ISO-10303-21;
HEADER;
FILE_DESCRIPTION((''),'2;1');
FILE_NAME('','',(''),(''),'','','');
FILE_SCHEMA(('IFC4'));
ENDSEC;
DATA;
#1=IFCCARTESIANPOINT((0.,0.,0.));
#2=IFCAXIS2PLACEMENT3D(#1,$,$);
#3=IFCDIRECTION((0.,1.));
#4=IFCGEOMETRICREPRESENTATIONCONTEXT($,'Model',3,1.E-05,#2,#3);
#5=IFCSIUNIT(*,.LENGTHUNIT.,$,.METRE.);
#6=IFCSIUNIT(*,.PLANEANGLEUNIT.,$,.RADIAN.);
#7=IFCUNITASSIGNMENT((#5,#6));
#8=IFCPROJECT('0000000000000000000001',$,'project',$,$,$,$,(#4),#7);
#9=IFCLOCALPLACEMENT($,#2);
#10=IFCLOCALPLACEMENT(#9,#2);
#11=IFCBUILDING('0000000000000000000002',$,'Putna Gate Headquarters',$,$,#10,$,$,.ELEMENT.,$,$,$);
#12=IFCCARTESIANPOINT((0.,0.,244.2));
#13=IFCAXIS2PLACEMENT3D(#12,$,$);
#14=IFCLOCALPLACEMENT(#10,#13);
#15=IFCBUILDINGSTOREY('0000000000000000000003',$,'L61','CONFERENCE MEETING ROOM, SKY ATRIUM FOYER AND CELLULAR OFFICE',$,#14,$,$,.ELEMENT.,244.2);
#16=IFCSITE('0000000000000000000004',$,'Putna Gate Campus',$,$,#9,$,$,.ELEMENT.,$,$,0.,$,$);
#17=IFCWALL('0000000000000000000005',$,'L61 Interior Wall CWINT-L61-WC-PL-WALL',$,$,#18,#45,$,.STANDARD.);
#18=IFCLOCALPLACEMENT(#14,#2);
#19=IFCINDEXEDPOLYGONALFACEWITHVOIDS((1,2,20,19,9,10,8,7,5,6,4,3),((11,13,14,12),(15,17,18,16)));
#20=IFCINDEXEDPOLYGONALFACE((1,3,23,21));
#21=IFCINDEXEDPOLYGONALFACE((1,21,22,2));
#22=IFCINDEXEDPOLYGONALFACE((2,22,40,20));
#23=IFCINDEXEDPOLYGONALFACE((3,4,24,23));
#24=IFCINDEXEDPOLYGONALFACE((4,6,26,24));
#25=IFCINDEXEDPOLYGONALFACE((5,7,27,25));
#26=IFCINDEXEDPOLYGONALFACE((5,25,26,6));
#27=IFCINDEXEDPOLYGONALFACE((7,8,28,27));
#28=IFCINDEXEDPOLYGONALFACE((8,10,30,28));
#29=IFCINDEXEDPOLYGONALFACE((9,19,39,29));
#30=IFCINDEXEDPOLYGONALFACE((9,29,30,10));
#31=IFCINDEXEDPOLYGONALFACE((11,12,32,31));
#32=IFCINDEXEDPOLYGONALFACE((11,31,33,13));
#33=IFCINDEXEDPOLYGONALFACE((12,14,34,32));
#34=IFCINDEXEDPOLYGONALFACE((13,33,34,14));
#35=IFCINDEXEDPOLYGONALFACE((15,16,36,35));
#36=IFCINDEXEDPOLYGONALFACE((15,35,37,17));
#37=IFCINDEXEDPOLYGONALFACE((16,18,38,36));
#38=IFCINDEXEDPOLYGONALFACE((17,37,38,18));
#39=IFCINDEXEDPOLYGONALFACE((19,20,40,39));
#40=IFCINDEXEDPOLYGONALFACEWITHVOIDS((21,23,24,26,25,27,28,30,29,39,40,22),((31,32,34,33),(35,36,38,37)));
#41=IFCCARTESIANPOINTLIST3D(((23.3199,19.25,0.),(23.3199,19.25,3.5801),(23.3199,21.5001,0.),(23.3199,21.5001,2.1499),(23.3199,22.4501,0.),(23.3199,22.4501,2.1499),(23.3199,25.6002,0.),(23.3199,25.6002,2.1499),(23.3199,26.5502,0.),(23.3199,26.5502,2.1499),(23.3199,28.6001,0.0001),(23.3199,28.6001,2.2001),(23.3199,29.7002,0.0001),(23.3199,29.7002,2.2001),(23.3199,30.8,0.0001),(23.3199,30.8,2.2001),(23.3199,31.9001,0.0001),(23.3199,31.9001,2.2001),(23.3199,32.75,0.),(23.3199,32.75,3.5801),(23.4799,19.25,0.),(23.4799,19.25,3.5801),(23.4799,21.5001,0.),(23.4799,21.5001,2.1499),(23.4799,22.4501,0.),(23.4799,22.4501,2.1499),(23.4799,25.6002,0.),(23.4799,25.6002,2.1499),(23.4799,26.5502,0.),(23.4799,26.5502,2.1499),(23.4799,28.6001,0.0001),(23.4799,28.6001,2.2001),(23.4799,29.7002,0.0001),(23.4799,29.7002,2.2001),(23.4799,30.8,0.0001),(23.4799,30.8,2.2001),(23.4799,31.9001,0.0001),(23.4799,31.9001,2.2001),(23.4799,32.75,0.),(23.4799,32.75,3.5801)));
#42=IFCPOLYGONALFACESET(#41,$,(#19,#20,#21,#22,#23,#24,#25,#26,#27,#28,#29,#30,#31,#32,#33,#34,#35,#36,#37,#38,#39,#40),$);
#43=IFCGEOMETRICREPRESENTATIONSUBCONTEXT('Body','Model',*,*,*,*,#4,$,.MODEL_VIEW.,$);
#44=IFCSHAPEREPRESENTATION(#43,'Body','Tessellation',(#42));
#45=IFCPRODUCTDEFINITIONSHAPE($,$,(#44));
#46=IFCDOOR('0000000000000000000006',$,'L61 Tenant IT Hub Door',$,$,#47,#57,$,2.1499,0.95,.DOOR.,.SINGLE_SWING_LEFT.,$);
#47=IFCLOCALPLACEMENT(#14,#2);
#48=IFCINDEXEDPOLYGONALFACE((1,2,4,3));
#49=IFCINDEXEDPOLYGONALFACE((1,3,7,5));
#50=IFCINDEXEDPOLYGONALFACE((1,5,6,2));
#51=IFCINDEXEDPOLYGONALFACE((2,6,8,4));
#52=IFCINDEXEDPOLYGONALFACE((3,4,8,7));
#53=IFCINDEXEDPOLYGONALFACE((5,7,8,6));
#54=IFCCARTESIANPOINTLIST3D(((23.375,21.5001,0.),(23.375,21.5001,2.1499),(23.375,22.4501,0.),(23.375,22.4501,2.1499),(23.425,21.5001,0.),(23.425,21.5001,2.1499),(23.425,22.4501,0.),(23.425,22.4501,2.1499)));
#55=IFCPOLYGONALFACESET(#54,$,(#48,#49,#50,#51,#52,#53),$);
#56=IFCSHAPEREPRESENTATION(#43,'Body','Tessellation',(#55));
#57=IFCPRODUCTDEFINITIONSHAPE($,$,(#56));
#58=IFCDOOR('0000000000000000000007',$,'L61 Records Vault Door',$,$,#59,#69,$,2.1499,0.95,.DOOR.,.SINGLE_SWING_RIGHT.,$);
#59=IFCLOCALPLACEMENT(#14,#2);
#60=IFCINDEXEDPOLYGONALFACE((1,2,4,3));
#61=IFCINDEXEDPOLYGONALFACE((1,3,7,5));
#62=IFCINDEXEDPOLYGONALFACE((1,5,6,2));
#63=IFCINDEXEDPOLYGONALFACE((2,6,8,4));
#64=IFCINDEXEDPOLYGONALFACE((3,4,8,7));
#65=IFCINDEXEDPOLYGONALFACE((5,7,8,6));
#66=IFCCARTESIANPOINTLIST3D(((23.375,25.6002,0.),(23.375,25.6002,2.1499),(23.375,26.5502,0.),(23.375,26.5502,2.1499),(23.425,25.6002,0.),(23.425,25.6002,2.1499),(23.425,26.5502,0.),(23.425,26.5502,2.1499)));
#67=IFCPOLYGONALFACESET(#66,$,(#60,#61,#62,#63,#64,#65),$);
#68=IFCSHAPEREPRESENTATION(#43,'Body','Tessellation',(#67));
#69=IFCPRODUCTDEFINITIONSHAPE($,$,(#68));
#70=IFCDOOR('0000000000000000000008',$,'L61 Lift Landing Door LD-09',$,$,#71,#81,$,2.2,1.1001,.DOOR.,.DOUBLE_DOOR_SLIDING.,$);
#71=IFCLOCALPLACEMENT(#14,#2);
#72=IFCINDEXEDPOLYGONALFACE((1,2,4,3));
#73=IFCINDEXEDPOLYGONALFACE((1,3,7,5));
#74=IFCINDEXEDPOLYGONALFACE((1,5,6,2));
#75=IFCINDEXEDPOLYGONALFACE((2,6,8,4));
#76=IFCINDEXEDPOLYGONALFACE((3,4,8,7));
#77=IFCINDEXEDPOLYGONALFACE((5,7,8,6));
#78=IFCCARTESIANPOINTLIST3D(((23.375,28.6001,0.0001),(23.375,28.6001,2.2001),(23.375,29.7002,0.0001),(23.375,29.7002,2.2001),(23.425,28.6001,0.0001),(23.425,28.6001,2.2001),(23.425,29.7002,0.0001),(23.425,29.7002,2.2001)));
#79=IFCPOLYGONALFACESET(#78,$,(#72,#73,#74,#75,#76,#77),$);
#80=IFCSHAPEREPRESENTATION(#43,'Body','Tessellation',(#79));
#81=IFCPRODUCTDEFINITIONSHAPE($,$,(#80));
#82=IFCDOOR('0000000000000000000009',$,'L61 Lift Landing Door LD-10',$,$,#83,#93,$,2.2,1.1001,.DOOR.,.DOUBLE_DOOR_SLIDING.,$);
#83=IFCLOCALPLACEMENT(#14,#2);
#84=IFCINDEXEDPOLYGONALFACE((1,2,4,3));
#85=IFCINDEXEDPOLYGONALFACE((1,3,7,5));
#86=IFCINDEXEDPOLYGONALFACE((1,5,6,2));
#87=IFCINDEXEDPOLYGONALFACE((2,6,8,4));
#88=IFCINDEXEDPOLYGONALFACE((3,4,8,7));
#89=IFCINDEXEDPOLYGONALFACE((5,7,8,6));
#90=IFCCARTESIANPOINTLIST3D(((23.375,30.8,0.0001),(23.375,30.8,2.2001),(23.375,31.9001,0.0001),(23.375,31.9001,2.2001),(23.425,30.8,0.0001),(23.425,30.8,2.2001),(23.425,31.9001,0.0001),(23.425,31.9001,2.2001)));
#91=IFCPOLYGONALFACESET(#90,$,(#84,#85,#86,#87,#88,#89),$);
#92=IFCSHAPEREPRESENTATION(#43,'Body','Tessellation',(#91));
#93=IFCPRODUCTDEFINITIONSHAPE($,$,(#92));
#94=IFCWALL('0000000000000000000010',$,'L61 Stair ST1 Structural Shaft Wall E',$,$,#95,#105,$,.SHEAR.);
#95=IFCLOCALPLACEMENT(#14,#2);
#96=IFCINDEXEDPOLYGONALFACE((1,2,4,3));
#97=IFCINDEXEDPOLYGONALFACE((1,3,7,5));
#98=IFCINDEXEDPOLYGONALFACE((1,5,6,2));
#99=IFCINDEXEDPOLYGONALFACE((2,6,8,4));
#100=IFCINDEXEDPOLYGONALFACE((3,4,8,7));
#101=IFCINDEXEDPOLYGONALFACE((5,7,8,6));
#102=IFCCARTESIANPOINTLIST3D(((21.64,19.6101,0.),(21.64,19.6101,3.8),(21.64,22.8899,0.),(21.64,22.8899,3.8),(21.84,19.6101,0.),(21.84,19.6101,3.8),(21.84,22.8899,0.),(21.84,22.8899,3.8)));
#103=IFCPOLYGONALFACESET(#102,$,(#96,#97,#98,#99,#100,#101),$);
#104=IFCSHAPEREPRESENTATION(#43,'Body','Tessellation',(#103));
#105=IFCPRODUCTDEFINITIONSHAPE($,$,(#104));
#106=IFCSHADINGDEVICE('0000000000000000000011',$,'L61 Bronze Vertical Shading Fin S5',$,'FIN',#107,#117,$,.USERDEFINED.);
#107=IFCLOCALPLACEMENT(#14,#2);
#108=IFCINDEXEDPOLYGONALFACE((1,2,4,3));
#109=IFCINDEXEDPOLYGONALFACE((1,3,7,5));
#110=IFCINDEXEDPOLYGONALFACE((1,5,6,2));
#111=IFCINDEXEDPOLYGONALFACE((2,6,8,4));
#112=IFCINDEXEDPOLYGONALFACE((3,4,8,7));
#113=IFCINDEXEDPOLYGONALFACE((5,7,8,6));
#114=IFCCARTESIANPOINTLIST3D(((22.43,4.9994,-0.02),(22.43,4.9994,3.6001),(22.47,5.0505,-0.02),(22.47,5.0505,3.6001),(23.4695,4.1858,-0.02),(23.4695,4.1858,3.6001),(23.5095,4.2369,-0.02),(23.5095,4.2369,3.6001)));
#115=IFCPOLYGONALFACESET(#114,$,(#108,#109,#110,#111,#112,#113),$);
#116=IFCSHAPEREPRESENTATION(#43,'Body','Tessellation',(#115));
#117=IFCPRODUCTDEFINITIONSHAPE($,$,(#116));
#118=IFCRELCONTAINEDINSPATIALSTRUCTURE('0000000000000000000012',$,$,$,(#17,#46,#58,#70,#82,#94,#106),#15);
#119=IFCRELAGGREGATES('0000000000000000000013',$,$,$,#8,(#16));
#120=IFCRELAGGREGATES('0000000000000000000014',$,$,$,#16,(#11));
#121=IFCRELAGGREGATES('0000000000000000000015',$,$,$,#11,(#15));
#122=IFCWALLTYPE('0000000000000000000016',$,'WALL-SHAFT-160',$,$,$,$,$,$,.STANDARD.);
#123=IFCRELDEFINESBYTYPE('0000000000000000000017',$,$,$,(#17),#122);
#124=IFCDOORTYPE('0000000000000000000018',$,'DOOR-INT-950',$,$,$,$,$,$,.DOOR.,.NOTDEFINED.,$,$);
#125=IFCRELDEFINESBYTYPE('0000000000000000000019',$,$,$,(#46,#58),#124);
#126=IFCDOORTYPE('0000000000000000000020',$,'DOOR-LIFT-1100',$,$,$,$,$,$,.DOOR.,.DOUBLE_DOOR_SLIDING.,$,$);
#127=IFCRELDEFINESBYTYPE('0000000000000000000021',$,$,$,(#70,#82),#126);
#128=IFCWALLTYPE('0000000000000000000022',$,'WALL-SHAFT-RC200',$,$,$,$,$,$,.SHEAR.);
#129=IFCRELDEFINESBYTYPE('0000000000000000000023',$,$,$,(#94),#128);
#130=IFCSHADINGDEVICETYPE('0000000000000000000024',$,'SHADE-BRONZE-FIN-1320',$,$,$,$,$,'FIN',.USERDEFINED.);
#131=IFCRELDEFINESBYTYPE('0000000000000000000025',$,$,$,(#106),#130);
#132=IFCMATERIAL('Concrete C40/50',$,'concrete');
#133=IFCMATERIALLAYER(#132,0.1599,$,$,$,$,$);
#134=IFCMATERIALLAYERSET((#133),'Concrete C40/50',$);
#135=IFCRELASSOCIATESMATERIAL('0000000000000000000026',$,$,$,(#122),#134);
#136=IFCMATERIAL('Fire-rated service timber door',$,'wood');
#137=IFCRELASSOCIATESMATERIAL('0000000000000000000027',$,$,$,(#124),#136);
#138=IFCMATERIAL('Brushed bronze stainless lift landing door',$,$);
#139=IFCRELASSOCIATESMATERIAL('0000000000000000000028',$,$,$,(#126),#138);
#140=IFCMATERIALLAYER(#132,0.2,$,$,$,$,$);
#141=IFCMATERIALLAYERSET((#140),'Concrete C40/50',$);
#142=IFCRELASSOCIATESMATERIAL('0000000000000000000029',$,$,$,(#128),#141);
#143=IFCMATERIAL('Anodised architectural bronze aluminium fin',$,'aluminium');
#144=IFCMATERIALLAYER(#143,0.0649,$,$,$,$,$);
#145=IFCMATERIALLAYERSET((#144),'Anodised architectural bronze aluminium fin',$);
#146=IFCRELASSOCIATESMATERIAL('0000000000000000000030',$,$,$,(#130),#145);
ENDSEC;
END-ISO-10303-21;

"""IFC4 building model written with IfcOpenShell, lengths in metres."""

from ifc_helpers import new_model, si_unit, direction, frame, frame_2d, origin, origin_2d, place, context, subcontext, project, spatial, rectangle, extrude, material, layer, layer_set, type_object, element, fill, save


model = new_model("IFC4")

# Units and contexts
model_context = context("Model", 3, precision=1e-05, world=origin(), true_north=direction((0.0, 1.0)))
body_context = subcontext(model_context, "Body", "Model", "MODEL_VIEW")
ifc_project = project(units=[si_unit("LENGTHUNIT", "METRE"), si_unit("PLANEANGLEUNIT", "RADIAN")], contexts=[model_context])

# Site, building, storey
site_placement = place(None, origin())
site = spatial("IfcSite", under=ifc_project, at=site_placement, Name="Putna Gate Campus", CompositionType="ELEMENT", RefElevation=0.0)
building_placement = place(site_placement, origin())
building = spatial("IfcBuilding", under=site, at=building_placement, Name="Putna Gate Headquarters", CompositionType="ELEMENT")
storey_placement = place(building_placement, frame((0.0, 0.0, 244.2)))
storey = spatial("IfcBuildingStorey", under=building, at=storey_placement, Name="L61", Description="CONFERENCE MEETING ROOM, SKY ATRIUM FOYER AND CELLULAR OFFICE", CompositionType="ELEMENT", Elevation=244.2)

# Wall, openings, doors
ifc_material_1 = material(Name="Concrete C40/50", Category="concrete")
ifc_layer_1 = layer(ifc_material_1, 0.1599)
ifc_layer_set_1 = layer_set([ifc_layer_1], Name="Concrete C40/50")
wall_type_1 = type_object("IfcWallType", Name="WALL-SHAFT-160", PredefinedType="STANDARD", material=ifc_layer_set_1)
wall_1_placement = place(storey_placement, frame((23.3999, 19.25, 0.0), z_axis=(0.0, 0.0, 1.0), x_axis=(0.0, 1.0, 0.0)))
wall_1 = element("IfcWall", 1, at=wall_1_placement, inside=storey, type_object=wall_type_1, Name="L61 Interior Wall CWINT-L61-WC-PL-WALL", PredefinedType="STANDARD", context=body_context, shape_type="SweptSolid", body=[
    extrude(rectangle(XDim=13.5, YDim=0.1599, at=frame_2d((6.75, 0.0))), origin(), (0.0, 0.0, 1.0), 3.5801),
])
opening_1_placement = place(wall_1_placement, frame((2.25, 0.0, 0.0)))
opening_1 = element("IfcOpeningElement", 2, at=opening_1_placement, cuts=wall_1, PredefinedType="OPENING", context=body_context, shape_type="SweptSolid", body=[
    extrude(rectangle(XDim=0.95, YDim=2.1499, at=frame_2d((0.4751, 1.075))), frame((0.0, 0.0898, 0.0), z_axis=(0.0, -1.0, 0.0), x_axis=(1.0, 0.0, 0.0)), (0.0, 0.0, 1.0), 0.1799),
])
opening_2_placement = place(wall_1_placement, frame((6.3501, 0.0, 0.0)))
opening_2 = element("IfcOpeningElement", 3, at=opening_2_placement, cuts=wall_1, PredefinedType="OPENING", context=body_context, shape_type="SweptSolid", body=[
    extrude(rectangle(XDim=0.95, YDim=2.1499, at=frame_2d((0.4751, 1.075))), frame((0.0, 0.0898, 0.0), z_axis=(0.0, -1.0, 0.0), x_axis=(1.0, 0.0, 0.0)), (0.0, 0.0, 1.0), 0.1799),
])
opening_3_placement = place(wall_1_placement, frame((9.3501, 0.0, 0.0)))
opening_3 = element("IfcOpeningElement", 4, at=opening_3_placement, cuts=wall_1, PredefinedType="OPENING", context=body_context, shape_type="SweptSolid", body=[
    extrude(rectangle(XDim=1.1001, YDim=2.2, at=frame_2d((0.55, 1.1001))), frame((0.0, 0.0898, 0.0), z_axis=(0.0, -1.0, 0.0), x_axis=(1.0, 0.0, 0.0)), (0.0, 0.0, 1.0), 0.1799),
])
opening_4_placement = place(wall_1_placement, frame((11.55, 0.0, 0.0)))
opening_4 = element("IfcOpeningElement", 5, at=opening_4_placement, cuts=wall_1, PredefinedType="OPENING", context=body_context, shape_type="SweptSolid", body=[
    extrude(rectangle(XDim=1.1001, YDim=2.2, at=frame_2d((0.55, 1.1001))), frame((0.0, 0.0898, 0.0), z_axis=(0.0, -1.0, 0.0), x_axis=(1.0, 0.0, 0.0)), (0.0, 0.0, 1.0), 0.1799),
])
ifc_material_2 = material(Name="Fire-rated service timber door", Category="wood")
door_type_1 = type_object("IfcDoorType", Name="DOOR-INT-950", OperationType="NOTDEFINED", PredefinedType="DOOR", material=ifc_material_2)
door_1_placement = place(opening_1_placement, origin())
door_1 = element("IfcDoor", 6, at=door_1_placement, inside=storey, type_object=door_type_1, Name="L61 Tenant IT Hub Door", OperationType="SINGLE_SWING_LEFT", OverallHeight=2.1499, OverallWidth=0.95, PredefinedType="DOOR", context=body_context, shape_type="SweptSolid", body=[
    extrude(rectangle(XDim=0.95, YDim=2.1499, at=frame_2d((0.4751, 1.075))), frame((0.0, 0.0249, 0.0), z_axis=(0.0, -1.0, 0.0), x_axis=(1.0, 0.0, 0.0)), (0.0, 0.0, 1.0), 0.05),
])
fill(opening_1, door_1)
door_2_placement = place(opening_2_placement, origin())
door_2 = element("IfcDoor", 7, at=door_2_placement, inside=storey, type_object=door_type_1, Name="L61 Records Vault Door", OperationType="SINGLE_SWING_RIGHT", OverallHeight=2.1499, OverallWidth=0.95, PredefinedType="DOOR", context=body_context, shape_type="SweptSolid", body=[
    extrude(rectangle(XDim=0.95, YDim=2.1499, at=frame_2d((0.4751, 1.075))), frame((0.0, 0.0249, 0.0), z_axis=(0.0, -1.0, 0.0), x_axis=(1.0, 0.0, 0.0)), (0.0, 0.0, 1.0), 0.05),
])
fill(opening_2, door_2)
ifc_material_3 = material(Name="Brushed bronze stainless lift landing door")
door_type_2 = type_object("IfcDoorType", Name="DOOR-LIFT-1100", OperationType="DOUBLE_DOOR_SLIDING", PredefinedType="DOOR", material=ifc_material_3)
door_3_placement = place(opening_3_placement, origin())
door_3 = element("IfcDoor", 8, at=door_3_placement, inside=storey, type_object=door_type_2, Name="L61 Lift Landing Door LD-09", OperationType="DOUBLE_DOOR_SLIDING", OverallHeight=2.2, OverallWidth=1.1001, PredefinedType="DOOR", context=body_context, shape_type="SweptSolid", body=[
    extrude(rectangle(XDim=1.1001, YDim=2.2, at=frame_2d((0.55, 1.1001))), frame((0.0, 0.0249, 0.0), z_axis=(0.0, -1.0, 0.0), x_axis=(1.0, 0.0, 0.0)), (0.0, 0.0, 1.0), 0.05),
])
fill(opening_3, door_3)
door_4_placement = place(opening_4_placement, origin())
door_4 = element("IfcDoor", 9, at=door_4_placement, inside=storey, type_object=door_type_2, Name="L61 Lift Landing Door LD-10", OperationType="DOUBLE_DOOR_SLIDING", OverallHeight=2.2, OverallWidth=1.1001, PredefinedType="DOOR", context=body_context, shape_type="SweptSolid", body=[
    extrude(rectangle(XDim=1.1001, YDim=2.2, at=frame_2d((0.55, 1.1001))), frame((0.0, 0.0249, 0.0), z_axis=(0.0, -1.0, 0.0), x_axis=(1.0, 0.0, 0.0)), (0.0, 0.0, 1.0), 0.05),
])
fill(opening_4, door_4)

# Wall
ifc_layer_2 = layer(ifc_material_1, 0.2)
ifc_layer_set_2 = layer_set([ifc_layer_2], Name="Concrete C40/50")
wall_type_2 = type_object("IfcWallType", Name="WALL-SHAFT-RC200", PredefinedType="SHEAR", material=ifc_layer_set_2)
wall_2_placement = place(storey_placement, frame((21.74, 19.6101, 0.0), z_axis=(0.0, 0.0, 1.0), x_axis=(0.0, 1.0, 0.0)))
element("IfcWall", 10, at=wall_2_placement, inside=storey, type_object=wall_type_2, Name="L61 Stair ST1 Structural Shaft Wall E", PredefinedType="SHEAR", context=body_context, shape_type="SweptSolid", body=[
    extrude(rectangle(XDim=3.2798, YDim=0.2, at=frame_2d((1.6399, 0.0))), origin(), (0.0, 0.0, 1.0), 3.8),
])

# Shading device
ifc_material_4 = material(Name="Anodised architectural bronze aluminium fin", Category="aluminium")
ifc_layer_3 = layer(ifc_material_4, 0.0649)
ifc_layer_set_3 = layer_set([ifc_layer_3], Name="Anodised architectural bronze aluminium fin")
shading_device_type = type_object("IfcShadingDeviceType", Name="SHADE-BRONZE-FIN-1320", ElementType="FIN", PredefinedType="USERDEFINED", material=ifc_layer_set_3)
shading_device_placement = place(storey_placement, frame((22.9697, 4.6182, -0.02), z_axis=(0.0, 0.0, 1.0), x_axis=(0.787473, -0.616349, 0.0)))
element("IfcShadingDevice", 11, at=shading_device_placement, inside=storey, type_object=shading_device_type, Name="L61 Bronze Vertical Shading Fin S5", ObjectType="FIN", PredefinedType="USERDEFINED", context=body_context, shape_type="SweptSolid", body=[
    extrude(rectangle(XDim=1.3201, YDim=0.0649, at=origin_2d()), origin(), (0.0, 0.0, 1.0), 3.6201),
])

save(model, "model.ifc")
